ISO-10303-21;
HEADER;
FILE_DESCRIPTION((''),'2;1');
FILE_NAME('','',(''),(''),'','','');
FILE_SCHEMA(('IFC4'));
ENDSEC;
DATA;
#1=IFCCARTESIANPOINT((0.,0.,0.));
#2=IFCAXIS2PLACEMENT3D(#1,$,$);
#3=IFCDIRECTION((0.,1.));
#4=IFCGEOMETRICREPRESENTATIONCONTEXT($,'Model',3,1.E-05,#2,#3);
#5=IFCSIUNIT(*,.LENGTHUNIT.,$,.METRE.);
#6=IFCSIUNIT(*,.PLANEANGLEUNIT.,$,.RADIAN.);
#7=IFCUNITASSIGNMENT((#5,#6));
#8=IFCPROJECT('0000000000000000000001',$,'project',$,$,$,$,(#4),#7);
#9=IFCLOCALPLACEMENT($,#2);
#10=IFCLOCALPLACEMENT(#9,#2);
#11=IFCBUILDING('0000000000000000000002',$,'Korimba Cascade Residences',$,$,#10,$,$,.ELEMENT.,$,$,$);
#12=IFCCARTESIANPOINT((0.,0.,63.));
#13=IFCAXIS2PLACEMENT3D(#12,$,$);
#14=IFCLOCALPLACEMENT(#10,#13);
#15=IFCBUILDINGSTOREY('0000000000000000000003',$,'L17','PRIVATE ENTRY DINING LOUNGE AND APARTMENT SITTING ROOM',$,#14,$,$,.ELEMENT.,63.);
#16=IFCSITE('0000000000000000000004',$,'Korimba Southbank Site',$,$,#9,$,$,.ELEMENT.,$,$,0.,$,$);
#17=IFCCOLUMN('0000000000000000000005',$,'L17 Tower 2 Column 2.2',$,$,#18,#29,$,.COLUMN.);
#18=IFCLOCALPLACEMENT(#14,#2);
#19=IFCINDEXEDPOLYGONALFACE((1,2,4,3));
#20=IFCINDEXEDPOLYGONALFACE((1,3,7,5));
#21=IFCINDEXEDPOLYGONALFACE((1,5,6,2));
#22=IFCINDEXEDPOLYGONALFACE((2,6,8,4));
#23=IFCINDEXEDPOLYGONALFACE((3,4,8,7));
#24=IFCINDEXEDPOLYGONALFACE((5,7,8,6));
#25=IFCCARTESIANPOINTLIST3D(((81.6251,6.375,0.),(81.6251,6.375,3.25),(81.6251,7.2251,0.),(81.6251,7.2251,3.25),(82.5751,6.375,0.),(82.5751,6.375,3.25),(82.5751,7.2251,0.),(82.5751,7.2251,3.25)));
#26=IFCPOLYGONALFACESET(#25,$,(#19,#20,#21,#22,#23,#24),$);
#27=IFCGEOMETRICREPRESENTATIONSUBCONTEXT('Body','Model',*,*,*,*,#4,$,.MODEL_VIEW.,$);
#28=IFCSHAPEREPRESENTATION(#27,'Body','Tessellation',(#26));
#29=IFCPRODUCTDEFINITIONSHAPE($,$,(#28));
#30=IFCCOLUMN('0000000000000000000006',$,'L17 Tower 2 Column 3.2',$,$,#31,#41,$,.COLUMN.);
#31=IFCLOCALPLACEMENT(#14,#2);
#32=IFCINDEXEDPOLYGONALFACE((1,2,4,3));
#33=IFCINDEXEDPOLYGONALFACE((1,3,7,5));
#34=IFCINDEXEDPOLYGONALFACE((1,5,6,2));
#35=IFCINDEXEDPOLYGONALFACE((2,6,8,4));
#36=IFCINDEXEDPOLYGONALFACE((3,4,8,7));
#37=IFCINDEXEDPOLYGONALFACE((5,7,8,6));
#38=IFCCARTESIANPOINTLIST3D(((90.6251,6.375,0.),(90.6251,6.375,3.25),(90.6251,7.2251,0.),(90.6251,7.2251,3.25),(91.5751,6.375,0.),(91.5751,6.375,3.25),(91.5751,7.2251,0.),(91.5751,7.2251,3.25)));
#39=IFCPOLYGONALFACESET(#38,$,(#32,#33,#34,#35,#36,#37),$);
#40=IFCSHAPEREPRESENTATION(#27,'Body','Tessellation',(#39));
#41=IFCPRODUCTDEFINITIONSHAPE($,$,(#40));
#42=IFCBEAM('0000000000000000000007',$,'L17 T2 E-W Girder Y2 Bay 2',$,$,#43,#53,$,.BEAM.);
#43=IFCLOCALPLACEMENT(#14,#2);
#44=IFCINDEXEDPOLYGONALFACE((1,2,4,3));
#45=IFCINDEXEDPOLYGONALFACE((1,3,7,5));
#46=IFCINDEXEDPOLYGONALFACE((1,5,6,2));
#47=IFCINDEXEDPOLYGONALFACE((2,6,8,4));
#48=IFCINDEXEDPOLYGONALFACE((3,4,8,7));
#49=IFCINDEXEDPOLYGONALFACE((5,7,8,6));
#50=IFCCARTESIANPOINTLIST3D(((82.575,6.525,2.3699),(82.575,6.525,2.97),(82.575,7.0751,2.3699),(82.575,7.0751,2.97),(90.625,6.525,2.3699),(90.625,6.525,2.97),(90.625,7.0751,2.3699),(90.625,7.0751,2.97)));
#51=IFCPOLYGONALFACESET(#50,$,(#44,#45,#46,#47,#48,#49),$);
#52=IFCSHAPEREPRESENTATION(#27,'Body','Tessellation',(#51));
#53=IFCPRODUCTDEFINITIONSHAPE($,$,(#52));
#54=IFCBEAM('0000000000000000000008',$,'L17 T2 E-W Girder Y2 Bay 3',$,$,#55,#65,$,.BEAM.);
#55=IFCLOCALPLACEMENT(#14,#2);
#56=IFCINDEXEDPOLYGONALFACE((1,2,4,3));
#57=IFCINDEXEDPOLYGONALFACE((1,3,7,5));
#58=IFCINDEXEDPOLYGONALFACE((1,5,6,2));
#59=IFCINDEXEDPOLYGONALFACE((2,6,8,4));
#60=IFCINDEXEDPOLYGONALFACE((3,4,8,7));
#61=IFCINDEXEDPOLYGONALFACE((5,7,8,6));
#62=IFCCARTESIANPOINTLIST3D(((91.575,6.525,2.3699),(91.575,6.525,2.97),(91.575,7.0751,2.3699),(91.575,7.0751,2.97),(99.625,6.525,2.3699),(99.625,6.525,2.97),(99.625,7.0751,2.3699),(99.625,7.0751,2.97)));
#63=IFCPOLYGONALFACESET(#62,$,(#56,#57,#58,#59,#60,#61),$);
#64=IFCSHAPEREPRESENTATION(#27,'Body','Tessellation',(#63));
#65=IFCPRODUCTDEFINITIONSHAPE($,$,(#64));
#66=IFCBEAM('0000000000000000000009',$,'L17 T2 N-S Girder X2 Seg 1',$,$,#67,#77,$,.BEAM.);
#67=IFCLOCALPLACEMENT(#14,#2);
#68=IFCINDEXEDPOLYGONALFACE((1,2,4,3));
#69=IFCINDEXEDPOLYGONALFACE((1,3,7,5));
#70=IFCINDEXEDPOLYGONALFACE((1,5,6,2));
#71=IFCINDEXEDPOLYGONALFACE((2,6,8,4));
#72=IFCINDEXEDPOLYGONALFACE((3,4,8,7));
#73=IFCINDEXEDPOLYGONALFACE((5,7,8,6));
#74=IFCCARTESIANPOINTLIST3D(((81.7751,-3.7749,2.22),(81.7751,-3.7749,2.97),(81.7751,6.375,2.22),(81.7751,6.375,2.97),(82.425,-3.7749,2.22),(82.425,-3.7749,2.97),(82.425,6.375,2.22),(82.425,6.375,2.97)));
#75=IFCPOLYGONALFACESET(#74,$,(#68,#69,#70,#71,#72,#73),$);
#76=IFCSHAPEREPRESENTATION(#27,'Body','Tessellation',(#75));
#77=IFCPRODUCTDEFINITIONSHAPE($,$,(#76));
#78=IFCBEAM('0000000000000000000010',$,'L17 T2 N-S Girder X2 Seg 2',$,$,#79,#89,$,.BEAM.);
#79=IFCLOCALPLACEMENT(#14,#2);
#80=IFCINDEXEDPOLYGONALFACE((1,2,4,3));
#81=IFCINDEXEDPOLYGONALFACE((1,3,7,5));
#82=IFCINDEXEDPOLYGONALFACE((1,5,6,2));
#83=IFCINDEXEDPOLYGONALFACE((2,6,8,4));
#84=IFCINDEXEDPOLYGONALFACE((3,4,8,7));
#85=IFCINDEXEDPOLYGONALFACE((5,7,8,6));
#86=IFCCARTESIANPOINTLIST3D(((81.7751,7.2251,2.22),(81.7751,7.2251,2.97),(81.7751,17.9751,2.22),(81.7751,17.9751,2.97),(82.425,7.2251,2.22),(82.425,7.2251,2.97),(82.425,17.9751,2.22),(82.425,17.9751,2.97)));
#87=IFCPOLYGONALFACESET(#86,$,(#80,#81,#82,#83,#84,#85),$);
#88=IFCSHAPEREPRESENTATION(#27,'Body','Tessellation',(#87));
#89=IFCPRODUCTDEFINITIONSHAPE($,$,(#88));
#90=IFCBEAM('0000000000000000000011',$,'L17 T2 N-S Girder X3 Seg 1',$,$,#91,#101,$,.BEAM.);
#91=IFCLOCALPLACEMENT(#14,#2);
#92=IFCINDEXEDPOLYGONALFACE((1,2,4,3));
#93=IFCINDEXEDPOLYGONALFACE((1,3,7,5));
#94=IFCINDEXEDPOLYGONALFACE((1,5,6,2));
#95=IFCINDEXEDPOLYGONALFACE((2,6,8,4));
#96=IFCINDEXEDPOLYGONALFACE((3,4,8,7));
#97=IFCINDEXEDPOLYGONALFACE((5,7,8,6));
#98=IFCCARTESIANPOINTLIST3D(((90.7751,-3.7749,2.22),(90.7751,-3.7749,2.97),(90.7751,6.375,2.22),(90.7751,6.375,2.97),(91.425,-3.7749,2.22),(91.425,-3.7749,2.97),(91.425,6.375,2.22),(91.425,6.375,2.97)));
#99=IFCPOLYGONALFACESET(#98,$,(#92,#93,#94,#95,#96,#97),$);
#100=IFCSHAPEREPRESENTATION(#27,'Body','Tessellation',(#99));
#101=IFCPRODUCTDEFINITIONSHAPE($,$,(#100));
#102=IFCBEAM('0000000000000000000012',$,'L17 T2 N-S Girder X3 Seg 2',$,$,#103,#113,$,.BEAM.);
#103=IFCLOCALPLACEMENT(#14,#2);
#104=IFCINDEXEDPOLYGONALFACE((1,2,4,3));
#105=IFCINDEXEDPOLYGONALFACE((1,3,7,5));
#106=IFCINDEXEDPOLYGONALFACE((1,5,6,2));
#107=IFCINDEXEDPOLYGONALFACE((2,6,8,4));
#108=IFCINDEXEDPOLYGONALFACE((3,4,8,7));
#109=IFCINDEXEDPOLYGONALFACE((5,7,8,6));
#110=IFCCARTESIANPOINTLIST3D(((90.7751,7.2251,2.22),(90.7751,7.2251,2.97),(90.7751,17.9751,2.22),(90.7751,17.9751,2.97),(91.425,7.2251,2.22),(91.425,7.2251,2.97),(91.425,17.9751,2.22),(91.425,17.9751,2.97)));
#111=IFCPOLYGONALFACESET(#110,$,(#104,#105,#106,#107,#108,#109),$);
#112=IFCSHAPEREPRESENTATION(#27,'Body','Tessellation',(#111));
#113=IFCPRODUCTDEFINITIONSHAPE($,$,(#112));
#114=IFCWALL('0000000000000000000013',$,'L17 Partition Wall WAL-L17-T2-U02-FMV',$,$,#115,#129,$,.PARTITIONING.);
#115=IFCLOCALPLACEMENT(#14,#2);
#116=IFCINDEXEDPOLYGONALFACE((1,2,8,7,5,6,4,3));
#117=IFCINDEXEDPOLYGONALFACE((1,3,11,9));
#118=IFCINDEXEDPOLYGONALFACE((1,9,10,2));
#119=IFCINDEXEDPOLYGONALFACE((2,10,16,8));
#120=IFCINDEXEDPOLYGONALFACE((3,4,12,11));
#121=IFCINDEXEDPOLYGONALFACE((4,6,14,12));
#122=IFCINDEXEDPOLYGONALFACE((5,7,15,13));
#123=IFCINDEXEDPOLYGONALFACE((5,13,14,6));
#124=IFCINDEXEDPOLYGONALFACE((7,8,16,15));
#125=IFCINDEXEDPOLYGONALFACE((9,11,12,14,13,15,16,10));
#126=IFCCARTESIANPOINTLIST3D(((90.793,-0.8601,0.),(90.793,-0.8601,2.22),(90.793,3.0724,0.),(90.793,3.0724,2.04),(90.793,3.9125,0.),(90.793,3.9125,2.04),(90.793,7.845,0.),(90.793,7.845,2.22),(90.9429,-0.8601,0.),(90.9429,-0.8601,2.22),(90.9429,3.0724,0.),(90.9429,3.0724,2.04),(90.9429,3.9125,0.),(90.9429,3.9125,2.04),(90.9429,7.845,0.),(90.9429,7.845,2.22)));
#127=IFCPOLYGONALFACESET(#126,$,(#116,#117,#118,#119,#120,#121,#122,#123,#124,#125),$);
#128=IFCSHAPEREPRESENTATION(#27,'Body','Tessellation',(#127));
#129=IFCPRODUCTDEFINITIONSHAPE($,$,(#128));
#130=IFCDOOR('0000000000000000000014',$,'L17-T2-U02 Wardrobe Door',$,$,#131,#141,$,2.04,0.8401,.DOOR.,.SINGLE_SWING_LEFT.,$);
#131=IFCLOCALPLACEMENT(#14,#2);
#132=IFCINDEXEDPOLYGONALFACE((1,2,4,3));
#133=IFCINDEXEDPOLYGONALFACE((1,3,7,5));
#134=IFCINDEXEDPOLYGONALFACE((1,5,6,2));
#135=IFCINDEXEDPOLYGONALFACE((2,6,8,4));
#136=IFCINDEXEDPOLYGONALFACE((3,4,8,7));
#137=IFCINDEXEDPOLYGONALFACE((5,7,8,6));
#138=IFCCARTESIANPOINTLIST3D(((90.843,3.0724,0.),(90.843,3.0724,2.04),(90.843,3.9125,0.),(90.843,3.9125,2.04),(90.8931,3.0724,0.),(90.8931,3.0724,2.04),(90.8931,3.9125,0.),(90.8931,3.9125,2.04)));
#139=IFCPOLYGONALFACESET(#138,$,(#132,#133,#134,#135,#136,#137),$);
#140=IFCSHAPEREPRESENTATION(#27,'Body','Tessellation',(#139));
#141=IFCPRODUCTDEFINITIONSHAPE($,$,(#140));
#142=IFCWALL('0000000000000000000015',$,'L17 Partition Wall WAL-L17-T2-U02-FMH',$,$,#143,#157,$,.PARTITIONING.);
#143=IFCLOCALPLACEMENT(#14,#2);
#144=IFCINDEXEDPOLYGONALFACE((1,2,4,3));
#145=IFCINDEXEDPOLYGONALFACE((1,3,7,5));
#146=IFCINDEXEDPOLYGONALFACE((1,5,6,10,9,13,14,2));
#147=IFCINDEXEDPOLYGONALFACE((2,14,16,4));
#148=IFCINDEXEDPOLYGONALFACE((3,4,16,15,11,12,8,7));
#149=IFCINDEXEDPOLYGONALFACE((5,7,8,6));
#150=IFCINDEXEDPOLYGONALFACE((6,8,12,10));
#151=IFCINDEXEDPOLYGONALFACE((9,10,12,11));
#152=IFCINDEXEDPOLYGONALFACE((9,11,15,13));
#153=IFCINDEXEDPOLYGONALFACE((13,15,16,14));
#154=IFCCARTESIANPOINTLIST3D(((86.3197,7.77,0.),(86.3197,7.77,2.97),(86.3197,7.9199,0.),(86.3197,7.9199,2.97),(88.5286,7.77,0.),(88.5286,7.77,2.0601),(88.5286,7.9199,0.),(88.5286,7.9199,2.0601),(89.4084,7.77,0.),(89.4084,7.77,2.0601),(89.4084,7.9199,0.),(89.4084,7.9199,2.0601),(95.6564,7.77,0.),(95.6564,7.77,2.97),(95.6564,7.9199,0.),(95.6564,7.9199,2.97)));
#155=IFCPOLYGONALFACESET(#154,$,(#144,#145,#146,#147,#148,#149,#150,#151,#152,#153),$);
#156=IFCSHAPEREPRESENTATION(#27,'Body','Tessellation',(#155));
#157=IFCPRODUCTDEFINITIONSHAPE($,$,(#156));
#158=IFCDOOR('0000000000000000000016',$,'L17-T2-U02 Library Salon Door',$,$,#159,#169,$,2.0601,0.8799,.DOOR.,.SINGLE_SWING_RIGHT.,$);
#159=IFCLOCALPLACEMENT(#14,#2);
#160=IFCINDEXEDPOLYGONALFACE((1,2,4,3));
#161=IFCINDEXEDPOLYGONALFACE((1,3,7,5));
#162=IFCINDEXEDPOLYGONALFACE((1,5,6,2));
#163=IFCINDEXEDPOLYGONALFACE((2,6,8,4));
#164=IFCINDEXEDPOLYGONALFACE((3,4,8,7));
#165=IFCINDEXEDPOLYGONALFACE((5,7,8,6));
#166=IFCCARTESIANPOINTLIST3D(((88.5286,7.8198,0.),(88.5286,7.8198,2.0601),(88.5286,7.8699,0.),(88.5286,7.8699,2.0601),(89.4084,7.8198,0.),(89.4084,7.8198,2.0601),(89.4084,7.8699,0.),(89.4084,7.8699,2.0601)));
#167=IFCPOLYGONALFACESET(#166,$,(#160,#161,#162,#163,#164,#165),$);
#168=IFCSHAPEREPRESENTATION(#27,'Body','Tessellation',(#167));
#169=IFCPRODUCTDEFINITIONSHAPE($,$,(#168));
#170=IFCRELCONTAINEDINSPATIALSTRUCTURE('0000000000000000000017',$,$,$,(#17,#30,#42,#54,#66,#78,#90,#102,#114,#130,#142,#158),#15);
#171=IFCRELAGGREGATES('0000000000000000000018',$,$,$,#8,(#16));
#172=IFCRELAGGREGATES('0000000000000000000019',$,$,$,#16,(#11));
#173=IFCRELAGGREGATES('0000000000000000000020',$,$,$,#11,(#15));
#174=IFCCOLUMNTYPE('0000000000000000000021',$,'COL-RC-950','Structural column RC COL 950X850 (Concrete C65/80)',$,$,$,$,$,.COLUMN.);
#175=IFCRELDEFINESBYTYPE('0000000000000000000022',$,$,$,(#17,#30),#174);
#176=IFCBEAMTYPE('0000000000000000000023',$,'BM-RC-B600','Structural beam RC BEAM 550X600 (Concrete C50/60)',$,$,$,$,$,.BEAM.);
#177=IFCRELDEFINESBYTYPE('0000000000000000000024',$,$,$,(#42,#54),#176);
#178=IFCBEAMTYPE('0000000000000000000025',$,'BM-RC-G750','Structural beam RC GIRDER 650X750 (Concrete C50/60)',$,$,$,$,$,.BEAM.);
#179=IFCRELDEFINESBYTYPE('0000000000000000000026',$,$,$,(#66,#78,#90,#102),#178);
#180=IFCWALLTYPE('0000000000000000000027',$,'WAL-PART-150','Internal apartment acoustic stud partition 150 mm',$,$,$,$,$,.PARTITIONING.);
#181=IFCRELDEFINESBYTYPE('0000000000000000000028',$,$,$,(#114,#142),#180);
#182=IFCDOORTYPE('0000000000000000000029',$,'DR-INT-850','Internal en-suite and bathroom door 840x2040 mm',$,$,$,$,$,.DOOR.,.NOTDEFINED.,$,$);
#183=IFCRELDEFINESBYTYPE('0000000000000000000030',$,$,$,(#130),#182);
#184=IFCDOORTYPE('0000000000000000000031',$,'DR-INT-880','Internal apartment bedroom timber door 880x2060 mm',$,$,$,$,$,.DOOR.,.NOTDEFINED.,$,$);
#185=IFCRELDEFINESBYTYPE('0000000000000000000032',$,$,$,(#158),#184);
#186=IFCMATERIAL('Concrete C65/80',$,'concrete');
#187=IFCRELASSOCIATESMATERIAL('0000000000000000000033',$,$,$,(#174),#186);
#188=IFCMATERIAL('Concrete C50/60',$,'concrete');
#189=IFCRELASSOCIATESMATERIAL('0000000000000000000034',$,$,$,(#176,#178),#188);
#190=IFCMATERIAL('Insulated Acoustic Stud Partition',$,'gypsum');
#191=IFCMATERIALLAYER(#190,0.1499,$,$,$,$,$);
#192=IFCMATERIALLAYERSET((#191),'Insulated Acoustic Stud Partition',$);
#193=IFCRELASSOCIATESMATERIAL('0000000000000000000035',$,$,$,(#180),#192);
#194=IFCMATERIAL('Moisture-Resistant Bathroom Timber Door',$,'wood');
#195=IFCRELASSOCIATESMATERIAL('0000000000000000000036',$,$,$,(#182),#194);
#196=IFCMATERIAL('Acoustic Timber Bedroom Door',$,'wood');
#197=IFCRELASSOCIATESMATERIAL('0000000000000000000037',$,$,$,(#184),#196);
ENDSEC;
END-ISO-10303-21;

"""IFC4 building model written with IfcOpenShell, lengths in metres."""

from ifc_helpers import new_model, si_unit, direction, frame, frame_2d, origin, origin_2d, place, context, subcontext, project, spatial, rectangle, extrude, material, layer, layer_set, material_profile, profile_set, type_object, element, fill, save


model = new_model("IFC4")

# Units and contexts
model_context = context("Model", 3, precision=1e-05, world=origin(), true_north=direction((0.0, 1.0)))
body_context = subcontext(model_context, "Body", "Model", "MODEL_VIEW")
ifc_project = project(units=[si_unit("LENGTHUNIT", "METRE"), si_unit("PLANEANGLEUNIT", "RADIAN")], contexts=[model_context])

# Site, building, storey
site_placement = place(None, origin())
site = spatial("IfcSite", under=ifc_project, at=site_placement, Name="Korimba Southbank Site", CompositionType="ELEMENT", RefElevation=0.0)
building_placement = place(site_placement, origin())
building = spatial("IfcBuilding", under=site, at=building_placement, Name="Korimba Cascade Residences", CompositionType="ELEMENT")
storey_placement = place(building_placement, frame((0.0, 0.0, 63.0)))
storey = spatial("IfcBuildingStorey", under=building, at=storey_placement, Name="L17", Description="PRIVATE ENTRY DINING LOUNGE AND APARTMENT SITTING ROOM", CompositionType="ELEMENT", Elevation=63.0)

# Columns
ifc_material_1 = material(Name="Concrete C65/80", Category="concrete")
ifc_material_profile_1 = material_profile(ifc_material_1, rectangle(XDim=0.95, YDim=0.8501, at=origin_2d()), Name="Concrete C65/80")
ifc_profile_set_1 = profile_set([ifc_material_profile_1], Name="Concrete C65/80")
column_type = type_object("IfcColumnType", Name="COL-RC-950", Description="Structural column RC COL 950X850 (Concrete C65/80)", PredefinedType="COLUMN", material=ifc_profile_set_1)
for number, where, z_axis, x_axis, name in (
    (1, (82.1001, 6.8, 0.0), (0.0, 0.0, 1.0), (1.0, 0.0, 0.0), "L17 Tower 2 Column 2.2"),
    (2, (91.1001, 6.8, 0.0), (0.0, 0.0, 1.0), (1.0, 0.0, 0.0), "L17 Tower 2 Column 3.2"),
):
    element("IfcColumn", number, at=place(storey_placement, frame(where, z_axis=z_axis, x_axis=x_axis)), inside=storey, type_object=column_type, Name=name, PredefinedType="COLUMN", context=body_context, shape_type="SweptSolid", body=[
        extrude(rectangle(XDim=0.95, YDim=0.8501, at=origin_2d()), origin(), (0.0, 0.0, 1.0), 3.25),
    ])

# Beams
ifc_material_2 = material(Name="Concrete C50/60", Category="concrete")
ifc_material_profile_2 = material_profile(ifc_material_2, rectangle(XDim=0.55, YDim=0.6001, at=origin_2d()), Name="Concrete C50/60")
ifc_profile_set_2 = profile_set([ifc_material_profile_2], Name="Concrete C50/60")
beam_type_1 = type_object("IfcBeamType", Name="BM-RC-B600", Description="Structural beam RC BEAM 550X600 (Concrete C50/60)", PredefinedType="BEAM", material=ifc_profile_set_2)
for number, where, z_axis, x_axis, name in (
    (3, (82.575, 6.8, 2.6699), (1.0, 0.0, 0.0), (0.0, 1.0, 0.0), "L17 T2 E-W Girder Y2 Bay 2"),
    (4, (91.575, 6.8, 2.6699), (1.0, 0.0, 0.0), (0.0, 1.0, 0.0), "L17 T2 E-W Girder Y2 Bay 3"),
):
    element("IfcBeam", number, at=place(storey_placement, frame(where, z_axis=z_axis, x_axis=x_axis)), inside=storey, type_object=beam_type_1, Name=name, PredefinedType="BEAM", context=body_context, shape_type="SweptSolid", body=[
        extrude(rectangle(XDim=0.55, YDim=0.6001, at=origin_2d()), origin(), (0.0, 0.0, 1.0), 8.05),
    ])
ifc_material_profile_3 = material_profile(ifc_material_2, rectangle(XDim=0.6499, YDim=0.75, at=origin_2d()), Name="Concrete C50/60")
ifc_profile_set_3 = profile_set([ifc_material_profile_3], Name="Concrete C50/60")
beam_type_2 = type_object("IfcBeamType", Name="BM-RC-G750", Description="Structural beam RC GIRDER 650X750 (Concrete C50/60)", PredefinedType="BEAM", material=ifc_profile_set_3)
beam_1_placement = place(storey_placement, frame((82.1001, -3.7749, 2.595), z_axis=(0.0, 1.0, 0.0), x_axis=(-1.0, 0.0, 0.0)))
element("IfcBeam", 5, at=beam_1_placement, inside=storey, type_object=beam_type_2, Name="L17 T2 N-S Girder X2 Seg 1", PredefinedType="BEAM", context=body_context, shape_type="SweptSolid", body=[
    extrude(rectangle(XDim=0.6499, YDim=0.75, at=origin_2d()), origin(), (0.0, 0.0, 1.0), 10.1499),
])
beam_2_placement = place(storey_placement, frame((82.1001, 7.2251, 2.595), z_axis=(0.0, 1.0, 0.0), x_axis=(-1.0, 0.0, 0.0)))
element("IfcBeam", 6, at=beam_2_placement, inside=storey, type_object=beam_type_2, Name="L17 T2 N-S Girder X2 Seg 2", PredefinedType="BEAM", context=body_context, shape_type="SweptSolid", body=[
    extrude(rectangle(XDim=0.6499, YDim=0.75, at=origin_2d()), origin(), (0.0, 0.0, 1.0), 10.75),
])
beam_3_placement = place(storey_placement, frame((91.1001, -3.7749, 2.595), z_axis=(0.0, 1.0, 0.0), x_axis=(-1.0, 0.0, 0.0)))
element("IfcBeam", 7, at=beam_3_placement, inside=storey, type_object=beam_type_2, Name="L17 T2 N-S Girder X3 Seg 1", PredefinedType="BEAM", context=body_context, shape_type="SweptSolid", body=[
    extrude(rectangle(XDim=0.6499, YDim=0.75, at=origin_2d()), origin(), (0.0, 0.0, 1.0), 10.1499),
])
beam_4_placement = place(storey_placement, frame((91.1001, 7.2251, 2.595), z_axis=(0.0, 1.0, 0.0), x_axis=(-1.0, 0.0, 0.0)))
element("IfcBeam", 8, at=beam_4_placement, inside=storey, type_object=beam_type_2, Name="L17 T2 N-S Girder X3 Seg 2", PredefinedType="BEAM", context=body_context, shape_type="SweptSolid", body=[
    extrude(rectangle(XDim=0.6499, YDim=0.75, at=origin_2d()), origin(), (0.0, 0.0, 1.0), 10.75),
])

# Walls, openings, doors
ifc_material_3 = material(Name="Insulated Acoustic Stud Partition", Category="gypsum")
ifc_layer = layer(ifc_material_3, 0.1499)
ifc_layer_set = layer_set([ifc_layer], Name="Insulated Acoustic Stud Partition")
wall_type = type_object("IfcWallType", Name="WAL-PART-150", Description="Internal apartment acoustic stud partition 150 mm", PredefinedType="PARTITIONING", material=ifc_layer_set)
wall_1_placement = place(storey_placement, frame((90.8679, -0.8601, 0.0), z_axis=(0.0, 0.0, 1.0), x_axis=(0.0, 1.0, 0.0)))
wall_1 = element("IfcWall", 9, at=wall_1_placement, inside=storey, type_object=wall_type, Name="L17 Partition Wall WAL-L17-T2-U02-FMV", PredefinedType="PARTITIONING", context=body_context, shape_type="SweptSolid", body=[
    extrude(rectangle(XDim=8.7051, YDim=0.1499, at=frame_2d((4.3525, 0.0))), origin(), (0.0, 0.0, 1.0), 2.22),
])
opening_1_placement = place(wall_1_placement, frame((3.9326, 0.0, 0.0)))
opening_1 = element("IfcOpeningElement", 10, at=opening_1_placement, cuts=wall_1, PredefinedType="OPENING", context=body_context, shape_type="SweptSolid", body=[
    extrude(rectangle(XDim=0.8401, YDim=2.04, at=frame_2d((0.4199, 1.02))), frame((0.0, 0.085, 0.0), z_axis=(0.0, -1.0, 0.0), x_axis=(1.0, 0.0, 0.0)), (0.0, 0.0, 1.0), 0.1699),
])
ifc_material_4 = material(Name="Moisture-Resistant Bathroom Timber Door", Category="wood")
door_type_1 = type_object("IfcDoorType", Name="DR-INT-850", Description="Internal en-suite and bathroom door 840x2040 mm", OperationType="NOTDEFINED", PredefinedType="DOOR", material=ifc_material_4)
door_1_placement = place(opening_1_placement, origin())
door_1 = element("IfcDoor", 11, at=door_1_placement, inside=storey, type_object=door_type_1, Name="L17-T2-U02 Wardrobe Door", OperationType="SINGLE_SWING_LEFT", OverallHeight=2.04, OverallWidth=0.8401, PredefinedType="DOOR", context=body_context, shape_type="SweptSolid", body=[
    extrude(rectangle(XDim=0.8401, YDim=2.04, at=frame_2d((0.4199, 1.02))), frame((0.0, 0.0249, 0.0), z_axis=(0.0, -1.0, 0.0), x_axis=(1.0, 0.0, 0.0)), (0.0, 0.0, 1.0), 0.05),
])
fill(opening_1, door_1)
wall_2_placement = place(storey_placement, frame((86.3196, 7.845, 0.0), z_axis=(0.0, 0.0, 1.0), x_axis=(1.0, 0.0, 0.0)))
wall_2 = element("IfcWall", 12, at=wall_2_placement, inside=storey, type_object=wall_type, Name="L17 Partition Wall WAL-L17-T2-U02-FMH", PredefinedType="PARTITIONING", context=body_context, shape_type="SweptSolid", body=[
    extrude(rectangle(XDim=9.3367, YDim=0.1499, at=frame_2d((4.6685, 0.0))), origin(), (0.0, 0.0, 1.0), 2.97),
])
opening_2_placement = place(wall_2_placement, frame((2.209, 0.0, 0.0)))
opening_2 = element("IfcOpeningElement", 13, at=opening_2_placement, cuts=wall_2, PredefinedType="OPENING", context=body_context, shape_type="SweptSolid", body=[
    extrude(rectangle(XDim=0.8799, YDim=2.0601, at=frame_2d((0.4399, 1.03))), frame((0.0, 0.085, 0.0), z_axis=(0.0, -1.0, 0.0), x_axis=(1.0, 0.0, 0.0)), (0.0, 0.0, 1.0), 0.1699),
])
ifc_material_5 = material(Name="Acoustic Timber Bedroom Door", Category="wood")
door_type_2 = type_object("IfcDoorType", Name="DR-INT-880", Description="Internal apartment bedroom timber door 880x2060 mm", OperationType="NOTDEFINED", PredefinedType="DOOR", material=ifc_material_5)
door_2_placement = place(opening_2_placement, origin())
door_2 = element("IfcDoor", 14, at=door_2_placement, inside=storey, type_object=door_type_2, Name="L17-T2-U02 Library Salon Door", OperationType="SINGLE_SWING_RIGHT", OverallHeight=2.0601, OverallWidth=0.8799, PredefinedType="DOOR", context=body_context, shape_type="SweptSolid", body=[
    extrude(rectangle(XDim=0.8799, YDim=2.0601, at=frame_2d((0.4399, 1.03))), frame((0.0, 0.0249, 0.0), z_axis=(0.0, -1.0, 0.0), x_axis=(1.0, 0.0, 0.0)), (0.0, 0.0, 1.0), 0.05),
])
fill(opening_2, door_2)

save(model, "model.ifc")
